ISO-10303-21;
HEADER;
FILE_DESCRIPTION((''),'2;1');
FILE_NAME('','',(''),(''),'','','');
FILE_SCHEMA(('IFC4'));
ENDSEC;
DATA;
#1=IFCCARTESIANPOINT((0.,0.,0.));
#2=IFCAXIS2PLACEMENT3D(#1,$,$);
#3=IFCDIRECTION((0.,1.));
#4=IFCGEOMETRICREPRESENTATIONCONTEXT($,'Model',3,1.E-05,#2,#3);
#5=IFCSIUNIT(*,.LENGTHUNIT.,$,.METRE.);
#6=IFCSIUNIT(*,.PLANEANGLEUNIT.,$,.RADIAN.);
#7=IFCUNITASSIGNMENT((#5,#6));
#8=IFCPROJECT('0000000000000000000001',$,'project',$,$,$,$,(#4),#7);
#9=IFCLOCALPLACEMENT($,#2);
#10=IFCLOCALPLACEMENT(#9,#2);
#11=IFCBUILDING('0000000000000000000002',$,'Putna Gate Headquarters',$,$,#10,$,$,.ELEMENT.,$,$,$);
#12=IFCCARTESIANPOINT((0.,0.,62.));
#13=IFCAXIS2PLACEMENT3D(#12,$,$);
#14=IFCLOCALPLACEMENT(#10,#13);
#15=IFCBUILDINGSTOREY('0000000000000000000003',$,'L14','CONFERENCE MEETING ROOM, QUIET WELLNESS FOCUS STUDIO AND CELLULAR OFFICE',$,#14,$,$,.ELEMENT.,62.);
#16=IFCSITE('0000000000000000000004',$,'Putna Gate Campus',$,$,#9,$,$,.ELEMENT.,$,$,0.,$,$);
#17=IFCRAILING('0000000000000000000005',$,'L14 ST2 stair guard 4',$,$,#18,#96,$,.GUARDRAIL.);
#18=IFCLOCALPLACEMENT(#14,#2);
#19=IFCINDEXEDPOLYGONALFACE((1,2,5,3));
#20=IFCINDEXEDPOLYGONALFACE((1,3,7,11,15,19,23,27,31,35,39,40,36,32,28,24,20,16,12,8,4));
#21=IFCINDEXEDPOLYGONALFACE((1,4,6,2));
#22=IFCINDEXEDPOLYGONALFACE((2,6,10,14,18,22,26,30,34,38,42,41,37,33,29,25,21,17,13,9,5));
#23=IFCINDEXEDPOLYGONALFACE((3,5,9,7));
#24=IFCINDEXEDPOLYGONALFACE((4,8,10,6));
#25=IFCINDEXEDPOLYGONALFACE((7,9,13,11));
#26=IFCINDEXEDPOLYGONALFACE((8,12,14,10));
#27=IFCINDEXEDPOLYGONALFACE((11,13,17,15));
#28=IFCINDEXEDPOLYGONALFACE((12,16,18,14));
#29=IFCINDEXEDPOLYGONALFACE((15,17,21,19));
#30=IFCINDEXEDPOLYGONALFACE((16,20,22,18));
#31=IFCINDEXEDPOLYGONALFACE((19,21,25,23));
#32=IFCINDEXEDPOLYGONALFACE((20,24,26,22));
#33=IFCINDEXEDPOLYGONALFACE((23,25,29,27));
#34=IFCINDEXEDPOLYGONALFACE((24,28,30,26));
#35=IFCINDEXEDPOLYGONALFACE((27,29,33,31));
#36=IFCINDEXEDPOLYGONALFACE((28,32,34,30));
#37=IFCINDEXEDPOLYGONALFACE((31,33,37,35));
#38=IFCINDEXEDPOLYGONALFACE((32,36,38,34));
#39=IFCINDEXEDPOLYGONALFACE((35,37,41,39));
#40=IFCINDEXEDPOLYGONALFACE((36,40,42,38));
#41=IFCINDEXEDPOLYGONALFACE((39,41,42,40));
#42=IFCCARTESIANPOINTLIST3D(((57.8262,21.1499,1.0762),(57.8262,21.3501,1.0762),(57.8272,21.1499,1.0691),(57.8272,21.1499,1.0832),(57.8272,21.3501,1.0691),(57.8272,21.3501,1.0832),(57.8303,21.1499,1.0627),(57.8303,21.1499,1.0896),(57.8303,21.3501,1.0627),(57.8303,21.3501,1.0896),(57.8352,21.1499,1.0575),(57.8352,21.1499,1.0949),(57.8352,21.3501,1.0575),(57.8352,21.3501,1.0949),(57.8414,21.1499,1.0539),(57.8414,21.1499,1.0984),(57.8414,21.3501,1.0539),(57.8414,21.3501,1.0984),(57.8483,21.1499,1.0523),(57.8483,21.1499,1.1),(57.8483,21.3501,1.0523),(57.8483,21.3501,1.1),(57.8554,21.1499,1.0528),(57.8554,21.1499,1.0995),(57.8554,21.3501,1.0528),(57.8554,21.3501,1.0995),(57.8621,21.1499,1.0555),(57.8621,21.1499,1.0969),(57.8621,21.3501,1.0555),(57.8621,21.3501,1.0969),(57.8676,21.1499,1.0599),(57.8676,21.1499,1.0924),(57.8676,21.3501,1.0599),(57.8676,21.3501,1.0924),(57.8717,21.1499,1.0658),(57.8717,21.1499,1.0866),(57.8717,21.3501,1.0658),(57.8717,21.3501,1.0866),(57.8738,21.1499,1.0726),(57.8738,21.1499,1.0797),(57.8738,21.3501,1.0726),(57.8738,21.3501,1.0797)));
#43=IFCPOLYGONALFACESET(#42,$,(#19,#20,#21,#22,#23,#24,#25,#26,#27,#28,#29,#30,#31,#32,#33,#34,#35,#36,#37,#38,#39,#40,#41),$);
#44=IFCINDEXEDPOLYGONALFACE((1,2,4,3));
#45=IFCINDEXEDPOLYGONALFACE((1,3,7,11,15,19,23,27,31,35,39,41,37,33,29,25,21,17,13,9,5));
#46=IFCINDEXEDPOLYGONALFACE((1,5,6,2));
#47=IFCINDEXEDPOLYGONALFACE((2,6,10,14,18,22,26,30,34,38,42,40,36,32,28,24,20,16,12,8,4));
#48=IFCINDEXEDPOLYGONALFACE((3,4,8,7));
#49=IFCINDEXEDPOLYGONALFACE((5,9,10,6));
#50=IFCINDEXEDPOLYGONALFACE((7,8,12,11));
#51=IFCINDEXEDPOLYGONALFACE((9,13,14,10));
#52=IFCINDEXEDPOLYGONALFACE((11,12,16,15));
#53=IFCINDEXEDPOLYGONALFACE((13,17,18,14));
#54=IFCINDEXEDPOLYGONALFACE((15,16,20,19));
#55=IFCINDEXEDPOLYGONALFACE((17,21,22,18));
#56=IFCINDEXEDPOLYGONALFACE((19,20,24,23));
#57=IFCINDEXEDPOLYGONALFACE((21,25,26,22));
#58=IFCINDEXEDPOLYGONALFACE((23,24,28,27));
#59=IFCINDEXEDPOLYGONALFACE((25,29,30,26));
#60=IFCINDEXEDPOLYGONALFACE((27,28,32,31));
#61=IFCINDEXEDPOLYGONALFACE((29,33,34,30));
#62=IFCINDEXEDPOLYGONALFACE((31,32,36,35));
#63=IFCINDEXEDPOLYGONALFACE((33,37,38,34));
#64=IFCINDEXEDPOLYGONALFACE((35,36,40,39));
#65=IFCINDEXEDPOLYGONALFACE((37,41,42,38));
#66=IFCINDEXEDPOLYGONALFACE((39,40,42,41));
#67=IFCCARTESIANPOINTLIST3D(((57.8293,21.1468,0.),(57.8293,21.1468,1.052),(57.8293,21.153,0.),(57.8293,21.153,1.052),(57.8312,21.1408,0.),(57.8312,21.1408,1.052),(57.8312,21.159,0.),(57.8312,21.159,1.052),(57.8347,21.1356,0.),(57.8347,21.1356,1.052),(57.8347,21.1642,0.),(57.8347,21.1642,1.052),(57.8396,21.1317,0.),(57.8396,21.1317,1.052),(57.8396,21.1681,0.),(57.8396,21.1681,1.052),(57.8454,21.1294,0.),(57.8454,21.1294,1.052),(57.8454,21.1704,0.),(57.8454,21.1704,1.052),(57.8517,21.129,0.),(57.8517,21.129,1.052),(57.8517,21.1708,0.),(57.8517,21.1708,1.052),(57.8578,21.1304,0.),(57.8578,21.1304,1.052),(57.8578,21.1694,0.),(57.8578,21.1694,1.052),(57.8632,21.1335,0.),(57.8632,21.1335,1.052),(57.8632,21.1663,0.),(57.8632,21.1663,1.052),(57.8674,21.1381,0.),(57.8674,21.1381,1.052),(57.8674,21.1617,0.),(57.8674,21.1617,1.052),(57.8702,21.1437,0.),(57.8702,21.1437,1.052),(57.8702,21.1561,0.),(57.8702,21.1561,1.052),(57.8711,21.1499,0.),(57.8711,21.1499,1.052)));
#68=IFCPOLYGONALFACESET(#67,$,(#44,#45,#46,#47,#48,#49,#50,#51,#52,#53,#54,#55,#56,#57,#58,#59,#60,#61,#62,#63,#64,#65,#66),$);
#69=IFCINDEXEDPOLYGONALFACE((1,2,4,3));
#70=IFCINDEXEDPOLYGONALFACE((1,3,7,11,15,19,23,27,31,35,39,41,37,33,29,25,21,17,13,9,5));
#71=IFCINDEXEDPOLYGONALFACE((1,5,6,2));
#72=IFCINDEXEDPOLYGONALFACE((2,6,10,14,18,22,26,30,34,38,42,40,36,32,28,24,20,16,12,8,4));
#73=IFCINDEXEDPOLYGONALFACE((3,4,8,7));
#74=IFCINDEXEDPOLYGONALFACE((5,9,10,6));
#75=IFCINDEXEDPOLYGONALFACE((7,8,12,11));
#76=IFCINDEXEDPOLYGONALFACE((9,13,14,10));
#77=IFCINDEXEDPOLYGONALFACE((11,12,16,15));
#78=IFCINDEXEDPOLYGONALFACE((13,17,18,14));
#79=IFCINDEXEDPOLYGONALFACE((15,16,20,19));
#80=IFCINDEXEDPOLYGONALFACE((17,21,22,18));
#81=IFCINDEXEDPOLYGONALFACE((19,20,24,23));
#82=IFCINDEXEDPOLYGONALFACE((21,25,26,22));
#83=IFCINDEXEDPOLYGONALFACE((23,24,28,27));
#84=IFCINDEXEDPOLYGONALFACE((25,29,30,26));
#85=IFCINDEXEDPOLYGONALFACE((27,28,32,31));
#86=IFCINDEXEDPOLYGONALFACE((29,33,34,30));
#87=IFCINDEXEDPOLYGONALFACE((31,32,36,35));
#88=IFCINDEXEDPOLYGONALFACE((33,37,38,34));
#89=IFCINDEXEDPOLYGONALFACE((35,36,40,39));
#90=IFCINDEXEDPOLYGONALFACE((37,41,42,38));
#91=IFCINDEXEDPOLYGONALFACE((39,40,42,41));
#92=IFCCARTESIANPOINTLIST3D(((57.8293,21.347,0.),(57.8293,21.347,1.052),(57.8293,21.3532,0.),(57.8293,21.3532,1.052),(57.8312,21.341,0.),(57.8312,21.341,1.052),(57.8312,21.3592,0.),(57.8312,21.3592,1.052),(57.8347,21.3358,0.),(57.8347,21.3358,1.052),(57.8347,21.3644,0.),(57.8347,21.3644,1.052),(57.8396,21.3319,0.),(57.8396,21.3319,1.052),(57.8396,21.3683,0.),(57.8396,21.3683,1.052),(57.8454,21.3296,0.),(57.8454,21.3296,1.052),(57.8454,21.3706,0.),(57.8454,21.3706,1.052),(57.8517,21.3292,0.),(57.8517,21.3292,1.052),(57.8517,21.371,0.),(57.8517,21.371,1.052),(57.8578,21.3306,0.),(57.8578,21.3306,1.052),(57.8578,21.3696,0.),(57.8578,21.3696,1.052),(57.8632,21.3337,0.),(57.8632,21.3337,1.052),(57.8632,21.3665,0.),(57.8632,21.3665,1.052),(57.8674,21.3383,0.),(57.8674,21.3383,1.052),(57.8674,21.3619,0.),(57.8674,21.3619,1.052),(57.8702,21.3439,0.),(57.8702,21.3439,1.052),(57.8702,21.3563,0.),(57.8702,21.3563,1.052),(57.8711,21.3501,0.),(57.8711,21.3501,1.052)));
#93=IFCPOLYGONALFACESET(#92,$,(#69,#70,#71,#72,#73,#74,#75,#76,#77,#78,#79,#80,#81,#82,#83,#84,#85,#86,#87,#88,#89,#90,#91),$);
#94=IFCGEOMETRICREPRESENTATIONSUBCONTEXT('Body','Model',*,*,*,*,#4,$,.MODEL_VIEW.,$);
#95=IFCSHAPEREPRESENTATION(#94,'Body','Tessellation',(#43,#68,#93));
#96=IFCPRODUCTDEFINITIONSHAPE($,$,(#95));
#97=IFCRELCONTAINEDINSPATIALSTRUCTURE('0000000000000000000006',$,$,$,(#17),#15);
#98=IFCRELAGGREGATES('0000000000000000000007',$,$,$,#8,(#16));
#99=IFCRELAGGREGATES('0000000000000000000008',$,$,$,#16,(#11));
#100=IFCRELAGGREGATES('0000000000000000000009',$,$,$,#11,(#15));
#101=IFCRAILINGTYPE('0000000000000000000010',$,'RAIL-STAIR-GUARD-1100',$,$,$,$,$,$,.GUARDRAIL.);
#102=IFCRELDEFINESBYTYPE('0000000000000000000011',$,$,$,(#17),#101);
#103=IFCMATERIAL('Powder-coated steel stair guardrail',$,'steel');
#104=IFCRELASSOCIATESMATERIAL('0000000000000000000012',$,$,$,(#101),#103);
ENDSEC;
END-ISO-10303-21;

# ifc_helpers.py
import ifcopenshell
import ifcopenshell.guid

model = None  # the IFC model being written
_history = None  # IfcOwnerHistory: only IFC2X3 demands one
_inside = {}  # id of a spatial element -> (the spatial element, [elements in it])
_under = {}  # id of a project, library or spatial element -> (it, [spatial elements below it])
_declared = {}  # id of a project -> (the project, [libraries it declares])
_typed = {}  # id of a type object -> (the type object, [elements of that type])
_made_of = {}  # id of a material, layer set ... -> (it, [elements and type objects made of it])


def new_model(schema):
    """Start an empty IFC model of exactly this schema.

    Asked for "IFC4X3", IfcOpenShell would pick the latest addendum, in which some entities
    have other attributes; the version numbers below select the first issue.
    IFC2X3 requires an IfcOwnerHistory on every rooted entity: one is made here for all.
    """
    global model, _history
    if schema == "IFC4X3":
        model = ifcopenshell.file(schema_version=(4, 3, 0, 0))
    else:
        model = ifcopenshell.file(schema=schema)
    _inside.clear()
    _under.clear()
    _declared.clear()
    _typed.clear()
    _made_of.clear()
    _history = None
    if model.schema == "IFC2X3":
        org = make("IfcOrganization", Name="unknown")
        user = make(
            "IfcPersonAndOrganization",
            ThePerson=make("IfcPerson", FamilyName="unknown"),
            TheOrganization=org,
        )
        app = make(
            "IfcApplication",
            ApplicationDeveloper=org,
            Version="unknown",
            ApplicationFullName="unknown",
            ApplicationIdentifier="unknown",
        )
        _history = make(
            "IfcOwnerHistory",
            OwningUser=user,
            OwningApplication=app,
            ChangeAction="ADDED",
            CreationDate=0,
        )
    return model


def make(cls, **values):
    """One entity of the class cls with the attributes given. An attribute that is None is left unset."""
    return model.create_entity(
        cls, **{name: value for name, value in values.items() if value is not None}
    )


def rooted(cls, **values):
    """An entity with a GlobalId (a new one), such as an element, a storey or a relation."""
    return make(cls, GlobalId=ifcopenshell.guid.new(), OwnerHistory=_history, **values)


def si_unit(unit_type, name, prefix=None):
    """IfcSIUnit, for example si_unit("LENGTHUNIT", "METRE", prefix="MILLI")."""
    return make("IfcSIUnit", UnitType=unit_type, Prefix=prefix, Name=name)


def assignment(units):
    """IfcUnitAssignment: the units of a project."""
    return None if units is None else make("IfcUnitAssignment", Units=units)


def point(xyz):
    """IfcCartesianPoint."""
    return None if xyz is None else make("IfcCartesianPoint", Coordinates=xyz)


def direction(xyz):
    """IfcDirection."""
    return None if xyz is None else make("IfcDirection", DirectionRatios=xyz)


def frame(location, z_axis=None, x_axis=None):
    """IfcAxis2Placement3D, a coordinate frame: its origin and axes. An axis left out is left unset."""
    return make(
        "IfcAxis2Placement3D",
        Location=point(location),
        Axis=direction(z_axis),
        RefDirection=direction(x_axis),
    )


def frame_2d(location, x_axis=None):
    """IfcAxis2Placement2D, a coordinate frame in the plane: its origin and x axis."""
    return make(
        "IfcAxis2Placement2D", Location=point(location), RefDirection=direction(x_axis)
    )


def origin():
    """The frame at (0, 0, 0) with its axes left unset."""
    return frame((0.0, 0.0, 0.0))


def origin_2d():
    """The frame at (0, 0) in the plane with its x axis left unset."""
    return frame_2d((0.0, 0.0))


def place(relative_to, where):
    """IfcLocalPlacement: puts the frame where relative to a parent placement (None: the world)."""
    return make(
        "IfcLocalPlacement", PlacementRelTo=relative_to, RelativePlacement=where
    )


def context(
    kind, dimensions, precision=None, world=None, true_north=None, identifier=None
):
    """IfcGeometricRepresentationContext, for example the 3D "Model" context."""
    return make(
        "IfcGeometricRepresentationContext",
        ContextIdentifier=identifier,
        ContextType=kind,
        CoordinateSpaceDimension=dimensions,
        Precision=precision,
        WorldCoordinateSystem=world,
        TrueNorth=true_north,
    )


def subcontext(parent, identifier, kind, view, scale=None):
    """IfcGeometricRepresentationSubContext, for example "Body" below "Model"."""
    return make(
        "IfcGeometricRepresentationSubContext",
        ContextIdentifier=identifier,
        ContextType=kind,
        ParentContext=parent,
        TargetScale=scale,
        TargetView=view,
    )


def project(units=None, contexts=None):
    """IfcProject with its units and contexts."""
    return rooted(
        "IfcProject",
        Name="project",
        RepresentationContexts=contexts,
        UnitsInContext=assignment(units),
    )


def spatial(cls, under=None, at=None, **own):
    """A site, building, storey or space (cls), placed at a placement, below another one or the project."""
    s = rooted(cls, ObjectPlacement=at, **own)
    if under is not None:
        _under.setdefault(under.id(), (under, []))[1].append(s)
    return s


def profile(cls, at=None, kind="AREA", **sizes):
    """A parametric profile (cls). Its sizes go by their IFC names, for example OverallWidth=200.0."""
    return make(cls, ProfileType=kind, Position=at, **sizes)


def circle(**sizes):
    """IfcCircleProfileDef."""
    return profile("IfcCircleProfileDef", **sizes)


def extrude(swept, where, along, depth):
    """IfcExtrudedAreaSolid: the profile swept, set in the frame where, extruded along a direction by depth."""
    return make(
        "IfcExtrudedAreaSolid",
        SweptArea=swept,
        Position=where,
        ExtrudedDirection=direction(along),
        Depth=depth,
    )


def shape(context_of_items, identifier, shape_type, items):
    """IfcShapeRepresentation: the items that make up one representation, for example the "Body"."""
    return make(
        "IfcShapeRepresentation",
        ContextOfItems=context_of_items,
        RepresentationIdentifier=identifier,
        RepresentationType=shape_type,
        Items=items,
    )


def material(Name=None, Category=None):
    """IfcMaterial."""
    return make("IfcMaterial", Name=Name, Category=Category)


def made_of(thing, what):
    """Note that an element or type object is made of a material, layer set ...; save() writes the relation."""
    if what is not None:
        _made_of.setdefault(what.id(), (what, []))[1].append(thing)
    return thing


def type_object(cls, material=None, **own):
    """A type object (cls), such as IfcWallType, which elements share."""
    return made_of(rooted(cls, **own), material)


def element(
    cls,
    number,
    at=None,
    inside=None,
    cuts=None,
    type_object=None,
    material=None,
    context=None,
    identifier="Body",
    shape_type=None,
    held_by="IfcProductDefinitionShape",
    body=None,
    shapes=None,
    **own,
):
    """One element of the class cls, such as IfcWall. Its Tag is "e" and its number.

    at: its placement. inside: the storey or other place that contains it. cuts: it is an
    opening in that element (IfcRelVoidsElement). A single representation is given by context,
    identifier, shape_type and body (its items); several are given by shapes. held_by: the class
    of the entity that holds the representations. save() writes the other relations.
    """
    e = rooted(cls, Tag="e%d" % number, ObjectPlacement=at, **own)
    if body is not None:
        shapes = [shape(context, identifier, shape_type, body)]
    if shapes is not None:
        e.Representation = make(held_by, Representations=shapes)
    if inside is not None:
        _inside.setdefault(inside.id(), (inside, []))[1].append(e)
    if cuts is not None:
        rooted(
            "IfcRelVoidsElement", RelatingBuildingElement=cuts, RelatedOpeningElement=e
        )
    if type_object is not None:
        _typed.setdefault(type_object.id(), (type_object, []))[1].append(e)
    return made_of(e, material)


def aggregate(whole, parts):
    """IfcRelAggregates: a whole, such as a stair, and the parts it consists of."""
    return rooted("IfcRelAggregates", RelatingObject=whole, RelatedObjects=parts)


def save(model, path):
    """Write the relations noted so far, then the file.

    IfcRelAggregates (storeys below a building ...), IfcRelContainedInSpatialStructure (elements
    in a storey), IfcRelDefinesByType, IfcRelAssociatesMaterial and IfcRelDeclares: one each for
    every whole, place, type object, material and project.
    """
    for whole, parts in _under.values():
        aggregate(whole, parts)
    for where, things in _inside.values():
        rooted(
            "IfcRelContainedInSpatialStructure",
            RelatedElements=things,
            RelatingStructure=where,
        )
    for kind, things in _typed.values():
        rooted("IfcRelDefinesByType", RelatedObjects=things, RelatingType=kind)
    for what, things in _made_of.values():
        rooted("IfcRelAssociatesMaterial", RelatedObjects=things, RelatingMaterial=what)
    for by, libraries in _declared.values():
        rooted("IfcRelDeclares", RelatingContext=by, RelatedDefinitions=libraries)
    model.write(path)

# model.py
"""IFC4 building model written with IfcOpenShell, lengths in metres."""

from ifc_helpers import new_model, si_unit, direction, frame, origin, origin_2d, place, context, subcontext, project, spatial, circle, extrude, material, type_object, element, save


model = new_model("IFC4")

# Units and contexts
model_context = context("Model", 3, precision=1e-05, world=origin(), true_north=direction((0.0, 1.0)))
body_context = subcontext(model_context, "Body", "Model", "MODEL_VIEW")
ifc_project = project(units=[si_unit("LENGTHUNIT", "METRE"), si_unit("PLANEANGLEUNIT", "RADIAN")], contexts=[model_context])

# Site, building, storey
site_placement = place(None, origin())
site = spatial("IfcSite", under=ifc_project, at=site_placement, Name="Putna Gate Campus", CompositionType="ELEMENT", RefElevation=0.0)
building_placement = place(site_placement, origin())
building = spatial("IfcBuilding", under=site, at=building_placement, Name="Putna Gate Headquarters", CompositionType="ELEMENT")
storey_placement = place(building_placement, frame((0.0, 0.0, 62.0)))
storey = spatial("IfcBuildingStorey", under=building, at=storey_placement, Name="L14", Description="CONFERENCE MEETING ROOM, QUIET WELLNESS FOCUS STUDIO AND CELLULAR OFFICE", CompositionType="ELEMENT", Elevation=62.0)

# Railing
ifc_material_1 = material(Name="Powder-coated steel stair guardrail", Category="steel")
railing_type_1 = type_object("IfcRailingType", Name="RAIL-STAIR-GUARD-1100", PredefinedType="GUARDRAIL", material=ifc_material_1)
railing_1_placement = place(storey_placement, frame((57.8501, 21.1499, 0.0)))
element("IfcRailing", 1, at=railing_1_placement, inside=storey, type_object=railing_type_1, Name="L14 ST2 stair guard 4", PredefinedType="GUARDRAIL", context=body_context, shape_type="SweptSolid", body=[
    extrude(circle(Radius=0.0239, at=origin_2d()), frame((0.0, 0.0, 1.0762), z_axis=(0.0, 1.0, 0.0), x_axis=(-1.0, 0.0, 0.0)), (0.0, 0.0, 1.0), 0.2002),
    extrude(circle(Radius=0.021, at=origin_2d()), origin(), (0.0, 0.0, 1.0), 1.052),
    extrude(circle(Radius=0.021, at=origin_2d()), frame((0.0, 0.2002, 0.0)), (0.0, 0.0, 1.0), 1.052),
])

save(model, "model.ifc")
